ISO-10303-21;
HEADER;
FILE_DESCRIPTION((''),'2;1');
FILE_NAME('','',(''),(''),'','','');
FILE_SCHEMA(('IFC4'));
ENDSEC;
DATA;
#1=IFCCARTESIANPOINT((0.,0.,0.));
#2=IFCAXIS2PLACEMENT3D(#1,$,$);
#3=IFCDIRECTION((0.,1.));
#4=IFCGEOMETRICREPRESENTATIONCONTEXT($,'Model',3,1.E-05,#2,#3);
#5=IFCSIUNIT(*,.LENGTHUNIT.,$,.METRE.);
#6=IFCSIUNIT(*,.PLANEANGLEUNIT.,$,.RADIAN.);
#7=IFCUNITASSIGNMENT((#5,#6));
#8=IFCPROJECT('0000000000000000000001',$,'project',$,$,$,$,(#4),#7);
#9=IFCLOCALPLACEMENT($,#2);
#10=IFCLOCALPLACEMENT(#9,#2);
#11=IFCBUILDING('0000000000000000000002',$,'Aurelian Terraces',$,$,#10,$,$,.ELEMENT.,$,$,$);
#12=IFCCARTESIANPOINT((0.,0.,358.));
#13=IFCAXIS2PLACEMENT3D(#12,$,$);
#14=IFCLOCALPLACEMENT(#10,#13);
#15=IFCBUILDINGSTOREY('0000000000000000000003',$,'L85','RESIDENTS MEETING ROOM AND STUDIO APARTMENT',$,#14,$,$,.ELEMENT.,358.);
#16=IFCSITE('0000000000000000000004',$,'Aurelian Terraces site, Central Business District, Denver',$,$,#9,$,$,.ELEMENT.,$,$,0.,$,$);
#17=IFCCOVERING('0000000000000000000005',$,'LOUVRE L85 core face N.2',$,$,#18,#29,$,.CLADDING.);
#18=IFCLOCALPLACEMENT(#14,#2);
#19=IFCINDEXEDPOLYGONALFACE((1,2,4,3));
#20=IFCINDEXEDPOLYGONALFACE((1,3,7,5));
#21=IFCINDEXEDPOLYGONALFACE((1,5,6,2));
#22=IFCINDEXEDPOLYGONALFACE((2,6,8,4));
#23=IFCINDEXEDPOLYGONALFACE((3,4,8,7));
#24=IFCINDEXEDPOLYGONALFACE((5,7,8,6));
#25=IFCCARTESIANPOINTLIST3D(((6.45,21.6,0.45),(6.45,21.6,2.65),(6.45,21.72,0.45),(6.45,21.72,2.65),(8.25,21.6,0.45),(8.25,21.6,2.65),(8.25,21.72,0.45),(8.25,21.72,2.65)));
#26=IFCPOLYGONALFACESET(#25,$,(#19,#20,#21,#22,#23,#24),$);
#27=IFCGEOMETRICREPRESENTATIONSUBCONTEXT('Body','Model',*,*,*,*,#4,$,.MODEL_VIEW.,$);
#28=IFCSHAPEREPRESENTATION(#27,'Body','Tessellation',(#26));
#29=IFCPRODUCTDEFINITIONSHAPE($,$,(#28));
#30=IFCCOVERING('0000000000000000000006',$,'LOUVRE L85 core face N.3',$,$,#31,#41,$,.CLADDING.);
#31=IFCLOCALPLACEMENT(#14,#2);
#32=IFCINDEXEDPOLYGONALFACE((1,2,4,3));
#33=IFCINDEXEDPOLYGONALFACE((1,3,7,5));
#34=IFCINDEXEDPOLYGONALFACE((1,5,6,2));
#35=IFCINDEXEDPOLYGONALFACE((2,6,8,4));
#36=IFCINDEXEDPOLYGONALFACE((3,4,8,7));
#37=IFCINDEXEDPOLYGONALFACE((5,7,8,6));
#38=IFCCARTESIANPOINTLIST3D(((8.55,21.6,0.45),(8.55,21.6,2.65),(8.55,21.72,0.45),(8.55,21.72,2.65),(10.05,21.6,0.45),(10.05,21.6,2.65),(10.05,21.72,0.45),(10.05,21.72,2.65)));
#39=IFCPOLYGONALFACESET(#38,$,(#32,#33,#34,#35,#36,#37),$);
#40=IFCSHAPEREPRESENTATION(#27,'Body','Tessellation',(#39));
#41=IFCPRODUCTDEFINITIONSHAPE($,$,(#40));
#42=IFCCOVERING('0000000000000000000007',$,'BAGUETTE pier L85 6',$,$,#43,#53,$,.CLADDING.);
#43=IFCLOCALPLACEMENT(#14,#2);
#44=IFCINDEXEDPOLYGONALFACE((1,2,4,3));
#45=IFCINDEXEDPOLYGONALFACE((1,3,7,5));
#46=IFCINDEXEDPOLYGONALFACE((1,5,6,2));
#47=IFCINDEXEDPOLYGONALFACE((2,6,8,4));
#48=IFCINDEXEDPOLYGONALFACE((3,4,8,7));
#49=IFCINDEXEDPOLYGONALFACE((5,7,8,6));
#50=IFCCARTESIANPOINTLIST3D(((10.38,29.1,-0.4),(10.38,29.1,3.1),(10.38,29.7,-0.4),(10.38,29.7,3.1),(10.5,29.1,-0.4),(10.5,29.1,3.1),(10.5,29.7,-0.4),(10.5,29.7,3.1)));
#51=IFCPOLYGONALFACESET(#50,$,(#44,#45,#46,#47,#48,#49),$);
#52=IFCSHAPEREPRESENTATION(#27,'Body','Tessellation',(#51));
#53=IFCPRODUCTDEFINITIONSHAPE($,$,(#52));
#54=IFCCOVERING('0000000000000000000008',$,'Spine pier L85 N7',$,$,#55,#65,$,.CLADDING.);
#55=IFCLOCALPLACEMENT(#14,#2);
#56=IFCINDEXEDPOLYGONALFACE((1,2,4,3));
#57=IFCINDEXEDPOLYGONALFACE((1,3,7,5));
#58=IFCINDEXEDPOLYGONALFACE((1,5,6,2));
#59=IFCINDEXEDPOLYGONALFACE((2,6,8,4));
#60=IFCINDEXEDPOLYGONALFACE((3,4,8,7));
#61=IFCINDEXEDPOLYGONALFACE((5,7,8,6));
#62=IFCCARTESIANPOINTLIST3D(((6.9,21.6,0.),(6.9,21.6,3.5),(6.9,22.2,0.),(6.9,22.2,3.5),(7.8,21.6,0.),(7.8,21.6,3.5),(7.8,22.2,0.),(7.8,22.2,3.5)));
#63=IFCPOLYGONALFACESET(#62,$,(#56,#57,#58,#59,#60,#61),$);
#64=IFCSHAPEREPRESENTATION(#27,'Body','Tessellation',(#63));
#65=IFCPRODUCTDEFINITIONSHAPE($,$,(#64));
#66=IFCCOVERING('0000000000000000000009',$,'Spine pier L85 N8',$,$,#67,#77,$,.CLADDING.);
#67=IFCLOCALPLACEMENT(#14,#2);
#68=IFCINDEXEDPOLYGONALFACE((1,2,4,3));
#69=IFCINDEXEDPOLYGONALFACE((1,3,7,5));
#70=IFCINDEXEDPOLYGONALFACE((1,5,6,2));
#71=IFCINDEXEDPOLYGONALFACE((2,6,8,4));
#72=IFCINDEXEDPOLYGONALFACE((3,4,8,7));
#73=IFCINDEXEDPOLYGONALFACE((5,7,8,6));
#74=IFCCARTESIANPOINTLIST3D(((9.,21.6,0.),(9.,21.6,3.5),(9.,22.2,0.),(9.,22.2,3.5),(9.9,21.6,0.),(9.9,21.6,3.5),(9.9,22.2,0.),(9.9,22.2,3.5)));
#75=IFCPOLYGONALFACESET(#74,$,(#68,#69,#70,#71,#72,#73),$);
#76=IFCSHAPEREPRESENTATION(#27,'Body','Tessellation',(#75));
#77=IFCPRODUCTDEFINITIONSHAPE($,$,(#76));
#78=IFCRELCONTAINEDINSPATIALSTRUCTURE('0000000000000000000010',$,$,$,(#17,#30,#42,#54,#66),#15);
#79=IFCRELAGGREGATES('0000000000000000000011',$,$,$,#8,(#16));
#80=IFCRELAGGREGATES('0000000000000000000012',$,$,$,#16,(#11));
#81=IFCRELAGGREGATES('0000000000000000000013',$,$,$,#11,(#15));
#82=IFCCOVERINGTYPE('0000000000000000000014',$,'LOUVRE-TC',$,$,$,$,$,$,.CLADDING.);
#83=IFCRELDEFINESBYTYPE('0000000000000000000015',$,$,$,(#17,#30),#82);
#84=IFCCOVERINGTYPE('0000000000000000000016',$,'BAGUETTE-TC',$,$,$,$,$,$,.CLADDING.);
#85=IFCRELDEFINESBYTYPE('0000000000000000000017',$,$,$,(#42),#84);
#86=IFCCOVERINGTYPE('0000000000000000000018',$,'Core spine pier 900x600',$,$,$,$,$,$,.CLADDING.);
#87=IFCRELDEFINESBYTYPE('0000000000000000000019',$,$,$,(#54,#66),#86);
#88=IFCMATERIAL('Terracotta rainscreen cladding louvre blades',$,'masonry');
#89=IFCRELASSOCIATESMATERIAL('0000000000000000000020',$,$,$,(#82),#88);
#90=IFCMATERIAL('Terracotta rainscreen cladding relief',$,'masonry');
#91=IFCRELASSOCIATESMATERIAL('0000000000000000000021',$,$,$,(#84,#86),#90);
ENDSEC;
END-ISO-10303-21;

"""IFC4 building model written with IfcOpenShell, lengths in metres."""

from ifc_helpers import new_model, si_unit, direction, frame, origin, origin_2d, place, context, subcontext, project, spatial, rectangle, extrude, source, transform, mapped, material, type_object, element, save


model = new_model("IFC4")

# Units and contexts
model_context = context("Model", 3, precision=1e-05, world=origin(), true_north=direction((0.0, 1.0)))
body_context = subcontext(model_context, "Body", "Model", "MODEL_VIEW")
ifc_project = project(units=[si_unit("LENGTHUNIT", "METRE"), si_unit("PLANEANGLEUNIT", "RADIAN")], contexts=[model_context])

# Site, building, storey
site_placement = place(None, origin())
site = spatial("IfcSite", under=ifc_project, at=site_placement, Name="Aurelian Terraces site, Central Business District, Denver", CompositionType="ELEMENT", RefElevation=0.0)
building_placement = place(site_placement, origin())
building = spatial("IfcBuilding", under=site, at=building_placement, Name="Aurelian Terraces", CompositionType="ELEMENT")
storey_placement = place(building_placement, frame((0.0, 0.0, 358.0)))
storey = spatial("IfcBuildingStorey", under=building, at=storey_placement, Name="L85", Description="RESIDENTS MEETING ROOM AND STUDIO APARTMENT", CompositionType="ELEMENT", Elevation=358.0)

# Coverings
ifc_material_1 = material(Name="Terracotta rainscreen cladding louvre blades", Category="masonry")
covering_type_1 = type_object("IfcCoveringType", Name="LOUVRE-TC", PredefinedType="CLADDING", material=ifc_material_1)
shared_shape_1 = source(origin(), body_context, "Body", "SweptSolid", [
    extrude(rectangle(XDim=1.8, YDim=0.12, at=origin_2d()), origin(), (0.0, 0.0, 1.0), 2.2),
])
covering_1_placement = place(storey_placement, frame((7.35, 21.66, 0.45), z_axis=(0.0, 0.0, 1.0), x_axis=(1.0, 0.0, 0.0)))
element("IfcCovering", 1, at=covering_1_placement, inside=storey, type_object=covering_type_1, Name="LOUVRE L85 core face N.2", PredefinedType="CLADDING", context=body_context, shape_type="MappedRepresentation", body=[
    mapped(shared_shape_1, transform((0.0, 0.0, 0.0), scale=1.0)),
])
shared_shape_2 = source(origin(), body_context, "Body", "SweptSolid", [
    extrude(rectangle(XDim=1.5, YDim=0.12, at=origin_2d()), origin(), (0.0, 0.0, 1.0), 2.2),
])
covering_2_placement = place(storey_placement, frame((9.3, 21.66, 0.45), z_axis=(0.0, 0.0, 1.0), x_axis=(1.0, 0.0, 0.0)))
element("IfcCovering", 2, at=covering_2_placement, inside=storey, type_object=covering_type_1, Name="LOUVRE L85 core face N.3", PredefinedType="CLADDING", context=body_context, shape_type="MappedRepresentation", body=[
    mapped(shared_shape_2, transform((0.0, 0.0, 0.0), scale=1.0)),
])
ifc_material_2 = material(Name="Terracotta rainscreen cladding relief", Category="masonry")
covering_type_2 = type_object("IfcCoveringType", Name="BAGUETTE-TC", PredefinedType="CLADDING", material=ifc_material_2)
shared_shape_3 = source(origin(), body_context, "Body", "SweptSolid", [
    extrude(rectangle(XDim=0.12, YDim=0.6, at=origin_2d()), origin(), (0.0, 0.0, 1.0), 3.5),
])
covering_3_placement = place(storey_placement, frame((10.44, 29.4, -0.4), z_axis=(0.0, 0.0, 1.0), x_axis=(1.0, 0.0, 0.0)))
element("IfcCovering", 3, at=covering_3_placement, inside=storey, type_object=covering_type_2, Name="BAGUETTE pier L85 6", PredefinedType="CLADDING", context=body_context, shape_type="MappedRepresentation", body=[
    mapped(shared_shape_3, transform((0.0, 0.0, 0.0), scale=1.0)),
])
covering_type_3 = type_object("IfcCoveringType", Name="Core spine pier 900x600", PredefinedType="CLADDING", material=ifc_material_2)
shared_shape_4 = source(origin(), body_context, "Body", "SweptSolid", [
    extrude(rectangle(XDim=0.9, YDim=0.6, at=origin_2d()), origin(), (0.0, 0.0, 1.0), 3.5),
])
for number, where, z_axis, x_axis, name in (
    (4, (7.35, 21.9, 0.0), (0.0, 0.0, 1.0), (1.0, 0.0, 0.0), "Spine pier L85 N7"),
    (5, (9.45, 21.9, 0.0), (0.0, 0.0, 1.0), (1.0, 0.0, 0.0), "Spine pier L85 N8"),
):
    element("IfcCovering", number, at=place(storey_placement, frame(where, z_axis=z_axis, x_axis=x_axis)), inside=storey, type_object=covering_type_3, Name=name, PredefinedType="CLADDING", context=body_context, shape_type="MappedRepresentation", body=[
        mapped(shared_shape_4, transform((0.0, 0.0, 0.0), scale=1.0)),
    ])

save(model, "model.ifc")
